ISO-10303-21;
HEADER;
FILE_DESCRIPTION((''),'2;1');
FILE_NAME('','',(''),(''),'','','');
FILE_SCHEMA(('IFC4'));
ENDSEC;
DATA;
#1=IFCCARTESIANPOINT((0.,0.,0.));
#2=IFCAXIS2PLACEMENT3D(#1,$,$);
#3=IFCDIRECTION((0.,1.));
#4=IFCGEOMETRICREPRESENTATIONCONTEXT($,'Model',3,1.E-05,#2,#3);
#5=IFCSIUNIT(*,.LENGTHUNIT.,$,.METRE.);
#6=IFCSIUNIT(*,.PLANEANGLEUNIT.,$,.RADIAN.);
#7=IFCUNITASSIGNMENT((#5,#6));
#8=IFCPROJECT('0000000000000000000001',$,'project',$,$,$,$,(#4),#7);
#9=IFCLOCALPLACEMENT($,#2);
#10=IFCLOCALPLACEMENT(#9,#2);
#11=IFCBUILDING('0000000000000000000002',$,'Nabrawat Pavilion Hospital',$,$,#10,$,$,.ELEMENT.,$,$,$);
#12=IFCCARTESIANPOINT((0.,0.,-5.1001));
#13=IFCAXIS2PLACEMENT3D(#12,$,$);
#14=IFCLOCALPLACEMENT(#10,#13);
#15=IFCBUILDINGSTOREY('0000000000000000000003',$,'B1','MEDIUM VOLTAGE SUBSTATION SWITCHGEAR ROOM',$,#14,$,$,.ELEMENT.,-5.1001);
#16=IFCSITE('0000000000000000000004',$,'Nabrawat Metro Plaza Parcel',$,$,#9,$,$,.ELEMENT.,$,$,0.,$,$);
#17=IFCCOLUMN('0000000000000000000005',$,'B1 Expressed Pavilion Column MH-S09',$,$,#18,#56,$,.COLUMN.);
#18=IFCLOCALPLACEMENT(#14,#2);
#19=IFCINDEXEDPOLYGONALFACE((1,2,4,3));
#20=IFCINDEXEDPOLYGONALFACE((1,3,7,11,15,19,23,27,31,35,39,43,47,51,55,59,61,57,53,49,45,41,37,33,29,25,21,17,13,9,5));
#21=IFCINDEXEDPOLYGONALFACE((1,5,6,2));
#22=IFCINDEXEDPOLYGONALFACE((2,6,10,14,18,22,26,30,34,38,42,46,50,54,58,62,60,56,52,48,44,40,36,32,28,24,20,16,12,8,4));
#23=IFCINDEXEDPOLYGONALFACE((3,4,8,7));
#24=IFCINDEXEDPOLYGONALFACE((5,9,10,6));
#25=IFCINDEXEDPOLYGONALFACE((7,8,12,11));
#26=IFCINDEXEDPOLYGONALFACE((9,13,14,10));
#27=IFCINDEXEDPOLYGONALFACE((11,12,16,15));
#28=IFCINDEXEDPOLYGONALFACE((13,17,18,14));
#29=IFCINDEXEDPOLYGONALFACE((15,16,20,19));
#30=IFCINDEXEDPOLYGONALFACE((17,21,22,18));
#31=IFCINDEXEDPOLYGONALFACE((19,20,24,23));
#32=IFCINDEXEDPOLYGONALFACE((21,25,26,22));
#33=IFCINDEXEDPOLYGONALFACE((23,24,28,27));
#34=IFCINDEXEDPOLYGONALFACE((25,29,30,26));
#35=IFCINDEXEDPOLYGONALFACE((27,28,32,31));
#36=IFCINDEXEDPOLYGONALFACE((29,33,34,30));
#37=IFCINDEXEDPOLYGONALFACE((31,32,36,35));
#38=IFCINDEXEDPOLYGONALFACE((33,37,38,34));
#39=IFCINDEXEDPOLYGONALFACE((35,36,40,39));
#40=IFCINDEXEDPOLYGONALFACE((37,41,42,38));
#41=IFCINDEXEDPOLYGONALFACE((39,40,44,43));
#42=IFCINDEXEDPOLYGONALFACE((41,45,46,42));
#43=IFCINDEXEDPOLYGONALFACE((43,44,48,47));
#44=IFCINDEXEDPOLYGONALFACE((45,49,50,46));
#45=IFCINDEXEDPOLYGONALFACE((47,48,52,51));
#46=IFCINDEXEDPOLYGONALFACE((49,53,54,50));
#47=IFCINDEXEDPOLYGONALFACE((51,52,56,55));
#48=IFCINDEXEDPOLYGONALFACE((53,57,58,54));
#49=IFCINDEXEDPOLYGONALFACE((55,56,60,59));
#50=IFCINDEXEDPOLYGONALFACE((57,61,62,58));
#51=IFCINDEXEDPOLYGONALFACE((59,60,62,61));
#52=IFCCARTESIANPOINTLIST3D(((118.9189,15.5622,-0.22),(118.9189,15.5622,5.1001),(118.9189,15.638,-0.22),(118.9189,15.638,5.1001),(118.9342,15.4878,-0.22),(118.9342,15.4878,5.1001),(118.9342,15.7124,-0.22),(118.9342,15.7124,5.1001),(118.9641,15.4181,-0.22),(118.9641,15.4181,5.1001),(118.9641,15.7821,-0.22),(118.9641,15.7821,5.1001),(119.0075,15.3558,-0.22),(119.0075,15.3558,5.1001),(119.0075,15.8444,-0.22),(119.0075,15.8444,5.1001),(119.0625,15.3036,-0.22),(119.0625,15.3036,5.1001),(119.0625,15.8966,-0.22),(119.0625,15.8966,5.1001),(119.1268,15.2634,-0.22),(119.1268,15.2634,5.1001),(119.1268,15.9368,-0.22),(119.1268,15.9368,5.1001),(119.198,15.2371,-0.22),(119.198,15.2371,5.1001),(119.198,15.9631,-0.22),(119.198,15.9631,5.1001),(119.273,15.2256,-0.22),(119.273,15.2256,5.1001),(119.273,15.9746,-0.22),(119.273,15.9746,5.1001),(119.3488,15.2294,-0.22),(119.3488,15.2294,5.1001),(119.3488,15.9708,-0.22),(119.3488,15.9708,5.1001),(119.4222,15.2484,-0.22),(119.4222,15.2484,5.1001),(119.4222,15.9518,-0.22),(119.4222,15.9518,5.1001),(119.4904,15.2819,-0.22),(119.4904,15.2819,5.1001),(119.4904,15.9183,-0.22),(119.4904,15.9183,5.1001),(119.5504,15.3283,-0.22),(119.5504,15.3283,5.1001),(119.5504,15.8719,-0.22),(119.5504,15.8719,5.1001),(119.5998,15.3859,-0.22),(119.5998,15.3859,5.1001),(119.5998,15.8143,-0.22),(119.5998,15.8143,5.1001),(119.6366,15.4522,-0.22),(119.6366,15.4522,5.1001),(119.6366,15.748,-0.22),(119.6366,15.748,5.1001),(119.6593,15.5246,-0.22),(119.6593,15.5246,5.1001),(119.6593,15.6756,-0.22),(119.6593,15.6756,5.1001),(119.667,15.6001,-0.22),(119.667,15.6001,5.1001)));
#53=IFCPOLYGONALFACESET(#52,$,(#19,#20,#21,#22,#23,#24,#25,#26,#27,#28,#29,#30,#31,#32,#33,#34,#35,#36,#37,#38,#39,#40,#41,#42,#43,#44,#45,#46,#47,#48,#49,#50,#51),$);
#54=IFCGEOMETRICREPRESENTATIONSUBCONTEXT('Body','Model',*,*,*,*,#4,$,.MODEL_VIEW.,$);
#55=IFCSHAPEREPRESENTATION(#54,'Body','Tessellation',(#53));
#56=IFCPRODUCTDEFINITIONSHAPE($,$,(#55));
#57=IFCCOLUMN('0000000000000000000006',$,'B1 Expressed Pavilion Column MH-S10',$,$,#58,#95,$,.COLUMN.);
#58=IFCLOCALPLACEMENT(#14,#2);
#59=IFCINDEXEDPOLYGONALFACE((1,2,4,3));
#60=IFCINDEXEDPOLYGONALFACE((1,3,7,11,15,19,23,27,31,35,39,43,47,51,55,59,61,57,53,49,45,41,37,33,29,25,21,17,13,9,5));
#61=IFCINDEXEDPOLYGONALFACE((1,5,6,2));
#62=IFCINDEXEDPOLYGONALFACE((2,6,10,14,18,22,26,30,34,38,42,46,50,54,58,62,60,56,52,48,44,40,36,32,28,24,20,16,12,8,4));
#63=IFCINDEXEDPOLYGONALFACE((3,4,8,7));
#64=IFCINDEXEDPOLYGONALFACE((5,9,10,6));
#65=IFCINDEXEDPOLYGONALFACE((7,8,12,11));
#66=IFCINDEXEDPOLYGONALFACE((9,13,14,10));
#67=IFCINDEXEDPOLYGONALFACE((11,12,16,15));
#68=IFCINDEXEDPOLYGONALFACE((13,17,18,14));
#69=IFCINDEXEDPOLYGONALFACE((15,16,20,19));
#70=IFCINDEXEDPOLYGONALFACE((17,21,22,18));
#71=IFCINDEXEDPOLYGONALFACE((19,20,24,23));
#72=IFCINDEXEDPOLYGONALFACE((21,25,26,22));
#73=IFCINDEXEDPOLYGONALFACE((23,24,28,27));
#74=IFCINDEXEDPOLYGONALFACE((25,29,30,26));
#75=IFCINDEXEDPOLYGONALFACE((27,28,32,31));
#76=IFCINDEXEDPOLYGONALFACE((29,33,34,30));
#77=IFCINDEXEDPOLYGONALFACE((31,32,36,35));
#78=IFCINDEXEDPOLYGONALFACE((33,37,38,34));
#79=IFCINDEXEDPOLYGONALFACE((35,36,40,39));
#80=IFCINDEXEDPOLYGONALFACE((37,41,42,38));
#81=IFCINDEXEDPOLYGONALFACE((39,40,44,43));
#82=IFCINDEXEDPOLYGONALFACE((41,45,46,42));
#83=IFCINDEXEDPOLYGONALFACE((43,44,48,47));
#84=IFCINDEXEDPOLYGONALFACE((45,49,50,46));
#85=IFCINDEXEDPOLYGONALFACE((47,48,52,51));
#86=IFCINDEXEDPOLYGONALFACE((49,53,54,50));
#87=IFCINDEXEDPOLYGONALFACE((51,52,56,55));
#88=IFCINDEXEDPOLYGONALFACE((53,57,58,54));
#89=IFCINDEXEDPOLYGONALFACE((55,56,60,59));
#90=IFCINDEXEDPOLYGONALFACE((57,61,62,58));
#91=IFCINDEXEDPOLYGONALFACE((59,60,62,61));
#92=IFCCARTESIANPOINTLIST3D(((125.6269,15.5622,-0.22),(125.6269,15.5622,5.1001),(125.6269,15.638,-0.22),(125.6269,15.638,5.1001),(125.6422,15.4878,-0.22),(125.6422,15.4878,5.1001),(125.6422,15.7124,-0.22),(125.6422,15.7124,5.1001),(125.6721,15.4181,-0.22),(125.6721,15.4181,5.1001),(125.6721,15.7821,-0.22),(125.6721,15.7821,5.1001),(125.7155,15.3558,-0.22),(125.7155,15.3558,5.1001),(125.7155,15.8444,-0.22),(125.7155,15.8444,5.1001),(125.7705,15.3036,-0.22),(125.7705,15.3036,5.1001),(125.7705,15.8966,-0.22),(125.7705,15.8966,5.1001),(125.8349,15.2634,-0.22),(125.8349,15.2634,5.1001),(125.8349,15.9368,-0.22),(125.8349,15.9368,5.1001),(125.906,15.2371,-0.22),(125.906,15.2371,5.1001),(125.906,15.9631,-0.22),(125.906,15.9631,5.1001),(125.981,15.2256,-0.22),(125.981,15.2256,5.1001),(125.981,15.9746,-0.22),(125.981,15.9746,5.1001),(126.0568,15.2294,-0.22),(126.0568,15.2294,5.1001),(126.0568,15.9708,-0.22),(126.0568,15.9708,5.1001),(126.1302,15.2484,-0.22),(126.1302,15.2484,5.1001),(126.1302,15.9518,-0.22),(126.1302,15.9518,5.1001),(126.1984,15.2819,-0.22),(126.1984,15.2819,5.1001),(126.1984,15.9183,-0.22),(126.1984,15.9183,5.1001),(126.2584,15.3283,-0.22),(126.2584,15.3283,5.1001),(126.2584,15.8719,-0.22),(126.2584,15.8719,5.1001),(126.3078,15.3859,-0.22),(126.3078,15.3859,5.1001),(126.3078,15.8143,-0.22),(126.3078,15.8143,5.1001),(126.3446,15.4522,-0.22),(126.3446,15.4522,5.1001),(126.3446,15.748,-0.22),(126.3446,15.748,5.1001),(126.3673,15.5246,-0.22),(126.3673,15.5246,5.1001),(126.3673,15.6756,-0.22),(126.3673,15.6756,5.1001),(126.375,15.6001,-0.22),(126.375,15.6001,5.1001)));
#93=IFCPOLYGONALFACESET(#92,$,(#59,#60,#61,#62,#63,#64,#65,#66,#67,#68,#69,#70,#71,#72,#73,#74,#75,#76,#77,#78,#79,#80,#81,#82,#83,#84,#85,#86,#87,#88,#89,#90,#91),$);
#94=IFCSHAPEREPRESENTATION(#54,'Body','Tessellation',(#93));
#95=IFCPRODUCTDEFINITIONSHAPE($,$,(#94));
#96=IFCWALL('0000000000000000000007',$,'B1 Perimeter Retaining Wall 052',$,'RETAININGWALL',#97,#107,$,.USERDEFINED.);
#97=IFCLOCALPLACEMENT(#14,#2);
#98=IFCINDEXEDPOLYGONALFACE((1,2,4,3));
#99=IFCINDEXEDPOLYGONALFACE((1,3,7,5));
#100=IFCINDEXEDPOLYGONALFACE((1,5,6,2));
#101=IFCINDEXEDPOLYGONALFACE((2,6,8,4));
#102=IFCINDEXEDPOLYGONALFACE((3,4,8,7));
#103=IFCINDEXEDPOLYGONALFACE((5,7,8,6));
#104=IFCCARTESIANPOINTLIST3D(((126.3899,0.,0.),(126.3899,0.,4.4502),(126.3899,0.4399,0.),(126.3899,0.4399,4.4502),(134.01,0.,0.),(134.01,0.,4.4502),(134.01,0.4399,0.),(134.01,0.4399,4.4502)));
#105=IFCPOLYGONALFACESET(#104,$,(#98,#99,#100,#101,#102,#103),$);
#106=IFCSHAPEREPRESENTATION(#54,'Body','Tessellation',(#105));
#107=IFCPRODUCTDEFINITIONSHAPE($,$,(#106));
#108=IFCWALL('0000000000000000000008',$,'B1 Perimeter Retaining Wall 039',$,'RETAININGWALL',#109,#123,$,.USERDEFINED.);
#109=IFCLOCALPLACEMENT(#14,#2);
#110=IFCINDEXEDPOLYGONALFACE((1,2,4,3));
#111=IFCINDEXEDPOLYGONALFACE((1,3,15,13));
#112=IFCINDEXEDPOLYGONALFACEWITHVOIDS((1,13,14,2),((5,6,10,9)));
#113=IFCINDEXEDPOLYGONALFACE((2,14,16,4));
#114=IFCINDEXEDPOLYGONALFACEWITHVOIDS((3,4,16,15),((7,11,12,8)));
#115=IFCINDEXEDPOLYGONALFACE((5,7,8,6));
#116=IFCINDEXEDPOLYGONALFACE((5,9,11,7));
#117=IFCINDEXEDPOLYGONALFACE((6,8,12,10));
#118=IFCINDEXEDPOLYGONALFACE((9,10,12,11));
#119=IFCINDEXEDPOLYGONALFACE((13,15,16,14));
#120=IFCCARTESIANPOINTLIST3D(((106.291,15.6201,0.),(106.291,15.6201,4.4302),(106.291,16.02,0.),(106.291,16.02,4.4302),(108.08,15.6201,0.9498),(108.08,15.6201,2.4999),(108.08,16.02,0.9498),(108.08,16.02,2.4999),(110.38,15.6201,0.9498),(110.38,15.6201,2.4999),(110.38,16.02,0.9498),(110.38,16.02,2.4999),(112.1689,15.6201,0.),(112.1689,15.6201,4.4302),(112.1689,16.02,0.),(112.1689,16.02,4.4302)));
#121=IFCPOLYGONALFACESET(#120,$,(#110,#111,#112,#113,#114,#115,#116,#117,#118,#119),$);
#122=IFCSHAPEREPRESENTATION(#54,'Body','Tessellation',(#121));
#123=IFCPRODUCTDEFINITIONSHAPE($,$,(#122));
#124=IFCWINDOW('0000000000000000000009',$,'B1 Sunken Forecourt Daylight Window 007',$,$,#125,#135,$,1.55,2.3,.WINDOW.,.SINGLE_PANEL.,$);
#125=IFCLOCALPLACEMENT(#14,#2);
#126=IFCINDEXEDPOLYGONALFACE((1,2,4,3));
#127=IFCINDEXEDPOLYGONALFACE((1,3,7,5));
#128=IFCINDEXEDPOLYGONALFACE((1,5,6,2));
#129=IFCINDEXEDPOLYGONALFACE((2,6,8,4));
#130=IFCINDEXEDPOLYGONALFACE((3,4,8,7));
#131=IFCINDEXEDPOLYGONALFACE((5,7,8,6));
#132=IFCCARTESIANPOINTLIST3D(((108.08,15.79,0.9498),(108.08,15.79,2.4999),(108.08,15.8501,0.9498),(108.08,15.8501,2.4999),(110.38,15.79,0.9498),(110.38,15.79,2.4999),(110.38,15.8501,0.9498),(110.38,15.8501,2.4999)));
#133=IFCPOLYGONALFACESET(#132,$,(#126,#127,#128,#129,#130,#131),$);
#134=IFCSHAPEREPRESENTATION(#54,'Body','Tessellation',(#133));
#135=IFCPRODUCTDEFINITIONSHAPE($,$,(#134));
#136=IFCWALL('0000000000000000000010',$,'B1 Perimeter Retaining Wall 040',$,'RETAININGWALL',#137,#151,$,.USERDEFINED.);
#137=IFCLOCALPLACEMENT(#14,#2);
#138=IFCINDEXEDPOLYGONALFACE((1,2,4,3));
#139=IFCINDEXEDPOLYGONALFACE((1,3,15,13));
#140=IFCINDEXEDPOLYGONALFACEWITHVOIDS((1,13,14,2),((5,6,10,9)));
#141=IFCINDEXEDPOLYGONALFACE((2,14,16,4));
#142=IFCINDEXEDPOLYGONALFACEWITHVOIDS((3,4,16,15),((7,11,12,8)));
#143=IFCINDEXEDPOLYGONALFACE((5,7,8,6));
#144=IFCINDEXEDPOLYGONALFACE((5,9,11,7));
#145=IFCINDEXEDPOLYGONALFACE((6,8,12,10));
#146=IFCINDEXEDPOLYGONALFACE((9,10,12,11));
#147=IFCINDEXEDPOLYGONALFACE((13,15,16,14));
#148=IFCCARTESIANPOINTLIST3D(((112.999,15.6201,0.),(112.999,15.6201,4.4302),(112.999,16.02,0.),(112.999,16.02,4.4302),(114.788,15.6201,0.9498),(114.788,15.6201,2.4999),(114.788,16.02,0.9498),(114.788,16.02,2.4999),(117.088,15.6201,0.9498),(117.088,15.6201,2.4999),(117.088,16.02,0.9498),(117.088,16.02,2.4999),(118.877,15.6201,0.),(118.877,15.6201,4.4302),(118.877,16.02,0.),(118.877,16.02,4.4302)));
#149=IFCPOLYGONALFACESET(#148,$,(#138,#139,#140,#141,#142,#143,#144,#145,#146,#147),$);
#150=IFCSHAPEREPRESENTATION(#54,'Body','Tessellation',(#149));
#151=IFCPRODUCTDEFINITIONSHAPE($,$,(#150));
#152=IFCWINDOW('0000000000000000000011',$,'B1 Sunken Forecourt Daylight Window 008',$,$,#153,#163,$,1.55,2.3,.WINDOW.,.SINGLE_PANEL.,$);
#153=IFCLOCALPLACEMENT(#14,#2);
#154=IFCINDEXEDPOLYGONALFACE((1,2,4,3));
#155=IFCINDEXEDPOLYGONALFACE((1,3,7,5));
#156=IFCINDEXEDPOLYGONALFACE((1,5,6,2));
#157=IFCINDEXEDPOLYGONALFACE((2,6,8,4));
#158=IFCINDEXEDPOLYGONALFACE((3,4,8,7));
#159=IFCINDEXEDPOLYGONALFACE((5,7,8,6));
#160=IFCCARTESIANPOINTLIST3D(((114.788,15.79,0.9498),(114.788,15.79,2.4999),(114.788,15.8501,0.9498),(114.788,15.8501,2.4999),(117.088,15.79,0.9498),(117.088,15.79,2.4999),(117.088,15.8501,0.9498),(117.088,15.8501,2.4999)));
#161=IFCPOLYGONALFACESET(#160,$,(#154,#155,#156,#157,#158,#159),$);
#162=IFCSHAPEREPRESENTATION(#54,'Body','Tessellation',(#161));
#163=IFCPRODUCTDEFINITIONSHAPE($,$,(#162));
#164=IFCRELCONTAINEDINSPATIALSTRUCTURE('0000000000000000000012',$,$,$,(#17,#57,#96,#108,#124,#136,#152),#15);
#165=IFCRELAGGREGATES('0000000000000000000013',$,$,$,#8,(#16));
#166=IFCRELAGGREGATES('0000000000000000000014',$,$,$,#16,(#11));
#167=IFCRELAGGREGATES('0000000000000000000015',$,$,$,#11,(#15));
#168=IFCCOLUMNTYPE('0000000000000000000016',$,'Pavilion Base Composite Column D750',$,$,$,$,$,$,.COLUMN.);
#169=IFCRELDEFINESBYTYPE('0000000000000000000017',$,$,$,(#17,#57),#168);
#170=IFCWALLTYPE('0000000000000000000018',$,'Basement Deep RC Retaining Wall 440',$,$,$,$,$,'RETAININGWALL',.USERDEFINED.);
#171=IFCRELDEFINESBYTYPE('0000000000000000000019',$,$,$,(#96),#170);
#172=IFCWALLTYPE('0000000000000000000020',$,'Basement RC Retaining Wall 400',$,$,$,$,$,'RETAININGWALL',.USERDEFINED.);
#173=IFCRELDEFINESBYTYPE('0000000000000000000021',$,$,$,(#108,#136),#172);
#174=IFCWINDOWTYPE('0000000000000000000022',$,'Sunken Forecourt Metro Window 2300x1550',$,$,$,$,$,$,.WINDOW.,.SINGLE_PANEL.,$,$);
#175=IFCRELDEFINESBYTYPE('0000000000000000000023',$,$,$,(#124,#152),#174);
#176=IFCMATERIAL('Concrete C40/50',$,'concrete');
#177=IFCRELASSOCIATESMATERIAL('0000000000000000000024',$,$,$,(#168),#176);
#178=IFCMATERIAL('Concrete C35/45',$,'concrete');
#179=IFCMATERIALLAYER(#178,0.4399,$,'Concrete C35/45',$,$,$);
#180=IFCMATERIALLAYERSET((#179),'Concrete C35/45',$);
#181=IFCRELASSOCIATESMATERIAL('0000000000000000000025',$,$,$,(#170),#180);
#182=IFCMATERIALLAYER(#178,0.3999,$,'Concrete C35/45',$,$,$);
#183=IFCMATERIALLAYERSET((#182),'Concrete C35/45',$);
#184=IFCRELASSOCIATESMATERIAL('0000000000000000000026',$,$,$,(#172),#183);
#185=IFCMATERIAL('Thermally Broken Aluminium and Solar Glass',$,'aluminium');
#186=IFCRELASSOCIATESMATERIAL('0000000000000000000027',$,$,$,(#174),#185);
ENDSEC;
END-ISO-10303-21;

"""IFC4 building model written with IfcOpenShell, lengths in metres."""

from ifc_helpers import new_model, si_unit, direction, frame, frame_2d, origin, origin_2d, place, context, subcontext, project, spatial, rectangle, circle, extrude, material, layer, layer_set, material_profile, profile_set, type_object, element, fill, save


model = new_model("IFC4")

# Units and contexts
model_context = context("Model", 3, precision=1e-05, world=origin(), true_north=direction((0.0, 1.0)))
body_context = subcontext(model_context, "Body", "Model", "MODEL_VIEW")
ifc_project = project(units=[si_unit("LENGTHUNIT", "METRE"), si_unit("PLANEANGLEUNIT", "RADIAN")], contexts=[model_context])

# Site, building, storey
site_placement = place(None, origin())
site = spatial("IfcSite", under=ifc_project, at=site_placement, Name="Nabrawat Metro Plaza Parcel", CompositionType="ELEMENT", RefElevation=0.0)
building_placement = place(site_placement, origin())
building = spatial("IfcBuilding", under=site, at=building_placement, Name="Nabrawat Pavilion Hospital", CompositionType="ELEMENT")
storey_placement = place(building_placement, frame((0.0, 0.0, -5.1001)))
storey = spatial("IfcBuildingStorey", under=building, at=storey_placement, Name="B1", Description="MEDIUM VOLTAGE SUBSTATION SWITCHGEAR ROOM", CompositionType="ELEMENT", Elevation=-5.1001)

# Shared definitions
ifc_material_1 = material(Name="Concrete C35/45", Category="concrete")

# Columns
ifc_material_2 = material(Name="Concrete C40/50", Category="concrete")
ifc_material_profile_1 = material_profile(ifc_material_2, circle(Radius=0.375, at=origin_2d()), Name="RC D750")
ifc_profile_set_1 = profile_set([ifc_material_profile_1], Name="Concrete C40/50")
column_type_1 = type_object("IfcColumnType", Name="Pavilion Base Composite Column D750", PredefinedType="COLUMN", material=ifc_profile_set_1)
for number, where, z_axis, x_axis, name in (
    (1, (119.292, 15.6001, -0.22), (0.0, 0.0, 1.0), (1.0, 0.0, 0.0), "B1 Expressed Pavilion Column MH-S09"),
    (2, (126.0, 15.6001, -0.22), (0.0, 0.0, 1.0), (1.0, 0.0, 0.0), "B1 Expressed Pavilion Column MH-S10"),
):
    element("IfcColumn", number, at=place(storey_placement, frame(where, z_axis=z_axis, x_axis=x_axis)), inside=storey, type_object=column_type_1, Name=name, PredefinedType="COLUMN", context=body_context, shape_type="SweptSolid", body=[
        extrude(circle(Radius=0.375, at=origin_2d()), origin(), (0.0, 0.0, 1.0), 5.3201),
    ])

# Wall
ifc_layer_1 = layer(ifc_material_1, 0.4399, Name="Concrete C35/45")
ifc_layer_set_1 = layer_set([ifc_layer_1], Name="Concrete C35/45")
wall_type_1 = type_object("IfcWallType", Name="Basement Deep RC Retaining Wall 440", ElementType="RETAININGWALL", PredefinedType="USERDEFINED", material=ifc_layer_set_1)
wall_1_placement = place(storey_placement, frame((126.3899, 0.22, 0.0), z_axis=(0.0, 0.0, 1.0), x_axis=(1.0, 0.0, 0.0)))
element("IfcWall", 3, at=wall_1_placement, inside=storey, type_object=wall_type_1, Name="B1 Perimeter Retaining Wall 052", ObjectType="RETAININGWALL", PredefinedType="USERDEFINED", context=body_context, shape_type="SweptSolid", body=[
    extrude(rectangle(XDim=7.6201, YDim=0.4399, at=frame_2d((3.8101, 0.0))), origin(), (0.0, 0.0, 1.0), 4.4502),
])

# Walls, openings, windows
ifc_layer_2 = layer(ifc_material_1, 0.3999, Name="Concrete C35/45")
ifc_layer_set_2 = layer_set([ifc_layer_2], Name="Concrete C35/45")
wall_type_2 = type_object("IfcWallType", Name="Basement RC Retaining Wall 400", ElementType="RETAININGWALL", PredefinedType="USERDEFINED", material=ifc_layer_set_2)
wall_2_placement = place(storey_placement, frame((106.291, 15.8201, 0.0), z_axis=(0.0, 0.0, 1.0), x_axis=(1.0, 0.0, 0.0)))
wall_2 = element("IfcWall", 4, at=wall_2_placement, inside=storey, type_object=wall_type_2, Name="B1 Perimeter Retaining Wall 039", ObjectType="RETAININGWALL", PredefinedType="USERDEFINED", context=body_context, shape_type="SweptSolid", body=[
    extrude(rectangle(XDim=5.8779, YDim=0.3999, at=frame_2d((2.939, 0.0))), origin(), (0.0, 0.0, 1.0), 4.4302),
])
opening_1_placement = place(wall_2_placement, frame((1.7891, 0.0, 0.95)))
opening_1 = element("IfcOpeningElement", 5, at=opening_1_placement, cuts=wall_2, PredefinedType="OPENING", context=body_context, shape_type="SweptSolid", body=[
    extrude(rectangle(XDim=2.3, YDim=1.55, at=frame_2d((1.1499, 0.7749))), frame((0.0, 0.21, 0.0), z_axis=(0.0, -1.0, 0.0), x_axis=(1.0, 0.0, 0.0)), (0.0, 0.0, 1.0), 0.4199),
])
ifc_material_3 = material(Name="Thermally Broken Aluminium and Solar Glass", Category="aluminium")
window_type = type_object("IfcWindowType", Name="Sunken Forecourt Metro Window 2300x1550", PartitioningType="SINGLE_PANEL", PredefinedType="WINDOW", material=ifc_material_3)
window_1_placement = place(opening_1_placement, origin())
window_1 = element("IfcWindow", 6, at=window_1_placement, inside=storey, type_object=window_type, Name="B1 Sunken Forecourt Daylight Window 007", OverallHeight=1.55, OverallWidth=2.3, PartitioningType="SINGLE_PANEL", PredefinedType="WINDOW", context=body_context, shape_type="SweptSolid", body=[
    extrude(rectangle(XDim=2.3, YDim=1.55, at=frame_2d((1.1499, 0.7749))), frame((0.0, 0.03, 0.0), z_axis=(0.0, -1.0, 0.0), x_axis=(1.0, 0.0, 0.0)), (0.0, 0.0, 1.0), 0.0601),
])
fill(opening_1, window_1)
wall_3_placement = place(storey_placement, frame((112.999, 15.8201, 0.0), z_axis=(0.0, 0.0, 1.0), x_axis=(1.0, 0.0, 0.0)))
wall_3 = element("IfcWall", 7, at=wall_3_placement, inside=storey, type_object=wall_type_2, Name="B1 Perimeter Retaining Wall 040", ObjectType="RETAININGWALL", PredefinedType="USERDEFINED", context=body_context, shape_type="SweptSolid", body=[
    extrude(rectangle(XDim=5.8779, YDim=0.3999, at=frame_2d((2.939, 0.0))), origin(), (0.0, 0.0, 1.0), 4.4302),
])
opening_2_placement = place(wall_3_placement, frame((1.7891, 0.0, 0.95)))
opening_2 = element("IfcOpeningElement", 8, at=opening_2_placement, cuts=wall_3, PredefinedType="OPENING", context=body_context, shape_type="SweptSolid", body=[
    extrude(rectangle(XDim=2.3, YDim=1.55, at=frame_2d((1.1499, 0.7749))), frame((0.0, 0.21, 0.0), z_axis=(0.0, -1.0, 0.0), x_axis=(1.0, 0.0, 0.0)), (0.0, 0.0, 1.0), 0.4199),
])
window_2_placement = place(opening_2_placement, origin())
window_2 = element("IfcWindow", 9, at=window_2_placement, inside=storey, type_object=window_type, Name="B1 Sunken Forecourt Daylight Window 008", OverallHeight=1.55, OverallWidth=2.3, PartitioningType="SINGLE_PANEL", PredefinedType="WINDOW", context=body_context, shape_type="SweptSolid", body=[
    extrude(rectangle(XDim=2.3, YDim=1.55, at=frame_2d((1.1499, 0.7749))), frame((0.0, 0.03, 0.0), z_axis=(0.0, -1.0, 0.0), x_axis=(1.0, 0.0, 0.0)), (0.0, 0.0, 1.0), 0.0601),
])
fill(opening_2, window_2)

save(model, "model.ifc")
